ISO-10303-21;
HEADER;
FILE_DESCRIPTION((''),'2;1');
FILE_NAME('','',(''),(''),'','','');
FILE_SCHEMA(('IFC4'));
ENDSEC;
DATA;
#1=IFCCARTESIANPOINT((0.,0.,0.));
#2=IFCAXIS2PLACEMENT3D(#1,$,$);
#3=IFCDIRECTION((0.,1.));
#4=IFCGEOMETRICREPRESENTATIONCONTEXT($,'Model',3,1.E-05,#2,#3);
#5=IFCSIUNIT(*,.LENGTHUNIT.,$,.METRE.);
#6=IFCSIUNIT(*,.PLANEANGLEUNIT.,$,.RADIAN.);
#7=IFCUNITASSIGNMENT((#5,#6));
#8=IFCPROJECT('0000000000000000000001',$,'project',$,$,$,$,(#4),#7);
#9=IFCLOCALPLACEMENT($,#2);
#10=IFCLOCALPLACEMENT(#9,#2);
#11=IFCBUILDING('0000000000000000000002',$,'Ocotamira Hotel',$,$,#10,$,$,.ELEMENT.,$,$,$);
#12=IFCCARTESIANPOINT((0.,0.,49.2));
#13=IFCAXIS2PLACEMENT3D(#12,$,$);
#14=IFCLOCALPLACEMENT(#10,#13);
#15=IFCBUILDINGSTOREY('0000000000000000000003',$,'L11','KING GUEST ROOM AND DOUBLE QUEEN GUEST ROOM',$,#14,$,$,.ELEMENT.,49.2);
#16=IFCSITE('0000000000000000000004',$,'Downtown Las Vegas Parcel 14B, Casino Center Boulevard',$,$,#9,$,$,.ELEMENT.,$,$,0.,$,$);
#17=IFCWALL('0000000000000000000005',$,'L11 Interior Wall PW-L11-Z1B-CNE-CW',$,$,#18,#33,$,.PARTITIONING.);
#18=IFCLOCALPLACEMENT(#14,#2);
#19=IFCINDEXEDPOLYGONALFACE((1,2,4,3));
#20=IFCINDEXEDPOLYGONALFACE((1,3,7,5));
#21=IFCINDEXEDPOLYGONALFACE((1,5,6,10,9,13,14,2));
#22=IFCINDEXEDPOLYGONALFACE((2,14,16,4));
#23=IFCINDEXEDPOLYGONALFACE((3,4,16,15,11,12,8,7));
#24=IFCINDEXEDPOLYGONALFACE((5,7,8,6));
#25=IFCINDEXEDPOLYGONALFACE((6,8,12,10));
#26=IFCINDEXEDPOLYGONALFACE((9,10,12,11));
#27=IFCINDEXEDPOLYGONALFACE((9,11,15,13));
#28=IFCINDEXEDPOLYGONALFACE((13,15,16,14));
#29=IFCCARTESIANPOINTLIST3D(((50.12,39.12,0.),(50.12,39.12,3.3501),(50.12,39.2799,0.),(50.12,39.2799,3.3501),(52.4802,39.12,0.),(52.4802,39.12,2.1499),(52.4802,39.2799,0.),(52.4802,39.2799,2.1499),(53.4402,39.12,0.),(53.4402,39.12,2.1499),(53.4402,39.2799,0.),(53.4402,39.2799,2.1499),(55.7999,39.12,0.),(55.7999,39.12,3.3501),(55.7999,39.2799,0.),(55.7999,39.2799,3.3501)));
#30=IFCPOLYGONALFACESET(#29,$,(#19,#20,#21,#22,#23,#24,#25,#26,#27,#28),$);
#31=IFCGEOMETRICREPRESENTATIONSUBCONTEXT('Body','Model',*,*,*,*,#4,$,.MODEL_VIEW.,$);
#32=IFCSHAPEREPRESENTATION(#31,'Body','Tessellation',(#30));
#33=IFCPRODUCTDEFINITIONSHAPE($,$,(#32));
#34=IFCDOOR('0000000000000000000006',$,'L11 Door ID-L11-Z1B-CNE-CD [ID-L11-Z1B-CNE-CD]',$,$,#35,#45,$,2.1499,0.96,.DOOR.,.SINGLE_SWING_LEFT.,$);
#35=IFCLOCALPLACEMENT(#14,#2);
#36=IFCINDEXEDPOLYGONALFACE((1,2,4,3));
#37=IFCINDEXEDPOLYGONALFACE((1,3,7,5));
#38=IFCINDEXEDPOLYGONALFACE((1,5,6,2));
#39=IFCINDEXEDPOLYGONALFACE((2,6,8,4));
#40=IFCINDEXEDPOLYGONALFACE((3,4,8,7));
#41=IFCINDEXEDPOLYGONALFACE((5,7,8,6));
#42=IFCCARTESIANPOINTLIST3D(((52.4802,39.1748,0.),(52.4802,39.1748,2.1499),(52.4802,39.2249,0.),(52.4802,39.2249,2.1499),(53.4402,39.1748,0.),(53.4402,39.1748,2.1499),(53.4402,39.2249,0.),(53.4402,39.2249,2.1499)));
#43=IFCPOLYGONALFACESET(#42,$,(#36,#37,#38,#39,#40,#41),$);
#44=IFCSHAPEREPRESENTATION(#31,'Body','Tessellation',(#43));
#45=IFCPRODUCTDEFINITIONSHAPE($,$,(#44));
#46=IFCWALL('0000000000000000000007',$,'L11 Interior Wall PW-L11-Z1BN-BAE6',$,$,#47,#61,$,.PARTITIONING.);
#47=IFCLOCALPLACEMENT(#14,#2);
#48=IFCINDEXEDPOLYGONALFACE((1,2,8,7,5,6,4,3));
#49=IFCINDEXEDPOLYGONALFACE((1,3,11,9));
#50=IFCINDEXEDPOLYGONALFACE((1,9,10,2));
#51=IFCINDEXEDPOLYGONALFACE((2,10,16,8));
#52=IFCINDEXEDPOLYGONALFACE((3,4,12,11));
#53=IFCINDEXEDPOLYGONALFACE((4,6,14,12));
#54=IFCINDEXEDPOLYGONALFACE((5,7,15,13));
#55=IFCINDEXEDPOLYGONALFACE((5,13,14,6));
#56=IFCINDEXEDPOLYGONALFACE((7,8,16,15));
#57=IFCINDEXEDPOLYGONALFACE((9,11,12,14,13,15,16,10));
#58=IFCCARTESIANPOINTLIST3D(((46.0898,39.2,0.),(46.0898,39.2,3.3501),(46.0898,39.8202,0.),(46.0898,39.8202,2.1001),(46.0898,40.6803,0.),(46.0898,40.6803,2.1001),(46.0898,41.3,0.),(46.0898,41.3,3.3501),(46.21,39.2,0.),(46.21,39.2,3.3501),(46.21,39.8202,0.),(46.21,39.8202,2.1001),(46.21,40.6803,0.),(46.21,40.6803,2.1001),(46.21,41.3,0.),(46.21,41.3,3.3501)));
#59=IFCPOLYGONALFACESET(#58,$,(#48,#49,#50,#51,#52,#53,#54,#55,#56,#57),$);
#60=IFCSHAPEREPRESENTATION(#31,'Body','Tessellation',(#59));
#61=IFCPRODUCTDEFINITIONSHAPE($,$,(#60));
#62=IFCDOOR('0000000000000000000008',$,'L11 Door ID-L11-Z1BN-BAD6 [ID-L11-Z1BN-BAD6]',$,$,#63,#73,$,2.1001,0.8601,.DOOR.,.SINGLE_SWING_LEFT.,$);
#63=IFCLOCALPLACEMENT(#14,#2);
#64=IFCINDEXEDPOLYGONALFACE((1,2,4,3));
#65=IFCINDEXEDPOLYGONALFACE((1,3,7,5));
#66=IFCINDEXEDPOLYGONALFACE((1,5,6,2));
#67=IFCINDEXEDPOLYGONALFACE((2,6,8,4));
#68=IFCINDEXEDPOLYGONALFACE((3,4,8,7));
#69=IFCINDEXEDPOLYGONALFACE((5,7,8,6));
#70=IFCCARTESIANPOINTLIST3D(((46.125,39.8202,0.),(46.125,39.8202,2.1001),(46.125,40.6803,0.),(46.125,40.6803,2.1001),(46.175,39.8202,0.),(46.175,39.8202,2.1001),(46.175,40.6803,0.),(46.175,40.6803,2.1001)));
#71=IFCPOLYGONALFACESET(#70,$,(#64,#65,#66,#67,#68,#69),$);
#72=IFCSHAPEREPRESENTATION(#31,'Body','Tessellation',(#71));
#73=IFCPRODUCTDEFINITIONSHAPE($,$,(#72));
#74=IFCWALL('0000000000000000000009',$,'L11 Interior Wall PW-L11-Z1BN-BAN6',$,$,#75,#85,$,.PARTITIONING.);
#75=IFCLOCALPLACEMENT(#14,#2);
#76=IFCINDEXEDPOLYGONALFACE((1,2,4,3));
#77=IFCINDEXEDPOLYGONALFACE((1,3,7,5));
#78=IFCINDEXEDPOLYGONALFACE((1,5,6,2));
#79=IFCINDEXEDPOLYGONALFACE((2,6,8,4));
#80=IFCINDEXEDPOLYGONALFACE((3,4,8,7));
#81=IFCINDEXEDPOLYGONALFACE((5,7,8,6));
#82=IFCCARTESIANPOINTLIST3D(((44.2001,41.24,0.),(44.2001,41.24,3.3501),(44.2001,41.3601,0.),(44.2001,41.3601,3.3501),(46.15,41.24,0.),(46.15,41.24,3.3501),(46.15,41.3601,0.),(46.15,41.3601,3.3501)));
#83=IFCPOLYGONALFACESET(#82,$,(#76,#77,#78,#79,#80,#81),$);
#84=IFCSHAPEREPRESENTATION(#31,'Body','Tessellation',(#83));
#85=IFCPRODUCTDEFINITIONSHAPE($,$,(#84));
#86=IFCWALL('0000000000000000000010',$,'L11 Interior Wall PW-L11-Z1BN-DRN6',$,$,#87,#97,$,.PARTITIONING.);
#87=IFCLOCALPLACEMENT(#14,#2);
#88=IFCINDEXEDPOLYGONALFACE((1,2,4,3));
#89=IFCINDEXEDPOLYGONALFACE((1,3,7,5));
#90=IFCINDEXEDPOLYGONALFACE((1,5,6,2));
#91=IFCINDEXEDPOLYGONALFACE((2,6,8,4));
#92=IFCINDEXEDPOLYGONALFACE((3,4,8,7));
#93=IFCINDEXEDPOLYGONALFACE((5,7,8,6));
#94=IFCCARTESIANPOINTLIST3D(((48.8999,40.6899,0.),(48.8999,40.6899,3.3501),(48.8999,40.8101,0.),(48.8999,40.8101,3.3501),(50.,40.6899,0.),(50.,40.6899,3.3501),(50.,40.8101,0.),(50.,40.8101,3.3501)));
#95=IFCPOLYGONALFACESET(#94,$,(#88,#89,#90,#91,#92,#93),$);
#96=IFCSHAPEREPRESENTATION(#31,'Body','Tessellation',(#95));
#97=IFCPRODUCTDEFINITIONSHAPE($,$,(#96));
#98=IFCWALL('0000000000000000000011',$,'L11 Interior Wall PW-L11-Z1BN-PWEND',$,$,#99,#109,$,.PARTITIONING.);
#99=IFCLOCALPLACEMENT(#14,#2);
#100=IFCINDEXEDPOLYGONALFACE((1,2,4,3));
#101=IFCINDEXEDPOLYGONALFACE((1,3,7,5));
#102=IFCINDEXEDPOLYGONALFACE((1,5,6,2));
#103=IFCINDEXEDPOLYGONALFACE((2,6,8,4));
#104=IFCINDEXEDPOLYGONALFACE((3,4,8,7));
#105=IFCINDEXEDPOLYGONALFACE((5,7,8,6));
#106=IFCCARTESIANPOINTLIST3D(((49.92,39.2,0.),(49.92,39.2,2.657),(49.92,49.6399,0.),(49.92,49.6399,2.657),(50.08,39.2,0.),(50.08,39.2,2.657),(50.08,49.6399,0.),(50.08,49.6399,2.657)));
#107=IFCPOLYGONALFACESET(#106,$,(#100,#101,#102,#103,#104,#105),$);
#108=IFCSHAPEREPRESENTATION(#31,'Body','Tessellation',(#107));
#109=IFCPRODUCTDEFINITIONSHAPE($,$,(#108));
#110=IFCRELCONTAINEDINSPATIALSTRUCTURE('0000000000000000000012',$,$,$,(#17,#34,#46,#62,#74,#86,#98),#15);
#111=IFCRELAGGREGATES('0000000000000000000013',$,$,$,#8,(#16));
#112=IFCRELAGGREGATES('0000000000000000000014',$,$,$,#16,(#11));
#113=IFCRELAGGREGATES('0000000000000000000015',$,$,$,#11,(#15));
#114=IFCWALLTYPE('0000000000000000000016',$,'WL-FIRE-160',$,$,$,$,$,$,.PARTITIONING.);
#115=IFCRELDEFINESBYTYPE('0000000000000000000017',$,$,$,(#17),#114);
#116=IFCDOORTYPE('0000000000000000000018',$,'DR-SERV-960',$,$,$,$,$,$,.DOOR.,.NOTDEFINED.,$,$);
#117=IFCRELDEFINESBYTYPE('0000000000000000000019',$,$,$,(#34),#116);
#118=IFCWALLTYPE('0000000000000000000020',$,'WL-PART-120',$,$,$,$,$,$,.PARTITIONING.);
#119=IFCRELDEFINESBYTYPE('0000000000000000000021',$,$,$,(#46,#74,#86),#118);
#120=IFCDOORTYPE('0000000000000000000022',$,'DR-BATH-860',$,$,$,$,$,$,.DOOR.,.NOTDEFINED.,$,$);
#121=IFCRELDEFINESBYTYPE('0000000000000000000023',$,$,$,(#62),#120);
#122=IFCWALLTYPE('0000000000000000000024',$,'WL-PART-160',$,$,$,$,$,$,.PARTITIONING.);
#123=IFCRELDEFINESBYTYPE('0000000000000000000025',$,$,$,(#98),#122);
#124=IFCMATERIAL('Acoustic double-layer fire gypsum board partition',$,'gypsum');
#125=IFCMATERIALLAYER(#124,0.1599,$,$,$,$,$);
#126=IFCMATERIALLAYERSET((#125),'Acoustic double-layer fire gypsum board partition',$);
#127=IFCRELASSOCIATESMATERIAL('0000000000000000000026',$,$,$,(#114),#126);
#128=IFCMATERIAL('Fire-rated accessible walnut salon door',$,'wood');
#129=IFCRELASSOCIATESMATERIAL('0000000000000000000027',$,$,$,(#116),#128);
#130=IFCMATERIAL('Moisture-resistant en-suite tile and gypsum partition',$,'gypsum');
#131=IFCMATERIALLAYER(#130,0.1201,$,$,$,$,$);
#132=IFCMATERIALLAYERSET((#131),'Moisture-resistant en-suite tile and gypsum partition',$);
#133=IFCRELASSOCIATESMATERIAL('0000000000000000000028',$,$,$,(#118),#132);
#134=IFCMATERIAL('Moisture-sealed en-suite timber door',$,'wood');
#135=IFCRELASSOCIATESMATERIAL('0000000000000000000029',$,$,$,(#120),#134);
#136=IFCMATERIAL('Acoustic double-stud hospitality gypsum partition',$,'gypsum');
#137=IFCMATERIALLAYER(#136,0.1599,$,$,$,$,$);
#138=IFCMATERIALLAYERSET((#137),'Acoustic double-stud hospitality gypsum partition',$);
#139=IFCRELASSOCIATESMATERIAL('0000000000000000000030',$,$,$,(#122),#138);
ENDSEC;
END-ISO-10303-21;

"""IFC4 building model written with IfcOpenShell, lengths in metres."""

from ifc_helpers import new_model, si_unit, direction, frame, frame_2d, origin, place, context, subcontext, project, spatial, rectangle, extrude, source, transform, mapped, material, layer, layer_set, type_object, element, fill, save


model = new_model("IFC4")

# Units and contexts
model_context = context("Model", 3, precision=1e-05, world=origin(), true_north=direction((0.0, 1.0)))
body_context = subcontext(model_context, "Body", "Model", "MODEL_VIEW")
ifc_project = project(units=[si_unit("LENGTHUNIT", "METRE"), si_unit("PLANEANGLEUNIT", "RADIAN")], contexts=[model_context])

# Site, building, storey
site_placement = place(None, origin())
site = spatial("IfcSite", under=ifc_project, at=site_placement, Name="Downtown Las Vegas Parcel 14B, Casino Center Boulevard", CompositionType="ELEMENT", RefElevation=0.0)
building_placement = place(site_placement, origin())
building = spatial("IfcBuilding", under=site, at=building_placement, Name="Ocotamira Hotel", CompositionType="ELEMENT")
storey_placement = place(building_placement, frame((0.0, 0.0, 49.2)))
storey = spatial("IfcBuildingStorey", under=building, at=storey_placement, Name="L11", Description="KING GUEST ROOM AND DOUBLE QUEEN GUEST ROOM", CompositionType="ELEMENT", Elevation=49.2)

# Walls, openings, doors
ifc_material_1 = material(Name="Acoustic double-layer fire gypsum board partition", Category="gypsum")
ifc_layer_1 = layer(ifc_material_1, 0.1599)
ifc_layer_set_1 = layer_set([ifc_layer_1], Name="Acoustic double-layer fire gypsum board partition")
wall_type_1 = type_object("IfcWallType", Name="WL-FIRE-160", PredefinedType="PARTITIONING", material=ifc_layer_set_1)
wall_1_placement = place(storey_placement, frame((50.1201, 39.2, 0.0), z_axis=(0.0, 0.0, 1.0), x_axis=(1.0, 0.0, 0.0)))
wall_1 = element("IfcWall", 1, at=wall_1_placement, inside=storey, type_object=wall_type_1, Name="L11 Interior Wall PW-L11-Z1B-CNE-CW", PredefinedType="PARTITIONING", context=body_context, shape_type="SweptSolid", body=[
    extrude(rectangle(XDim=5.6799, YDim=0.1599, at=frame_2d((2.8398, 0.0))), origin(), (0.0, 0.0, 1.0), 3.3501),
])
opening_1_placement = place(wall_1_placement, frame((2.3601, 0.0, 0.0)))
opening_1 = element("IfcOpeningElement", 2, at=opening_1_placement, cuts=wall_1, PredefinedType="OPENING", context=body_context, shape_type="SweptSolid", body=[
    extrude(rectangle(XDim=0.96, YDim=2.1499, at=frame_2d((0.48, 1.075))), frame((0.0, 0.0898, 0.0), z_axis=(0.0, -1.0, 0.0), x_axis=(1.0, 0.0, 0.0)), (0.0, 0.0, 1.0), 0.1799),
])
ifc_material_2 = material(Name="Fire-rated accessible walnut salon door", Category="wood")
door_type_1 = type_object("IfcDoorType", Name="DR-SERV-960", OperationType="NOTDEFINED", PredefinedType="DOOR", material=ifc_material_2)
shared_shape_1 = source(origin(), body_context, "Body", "SweptSolid", [
    extrude(rectangle(XDim=0.96, YDim=2.1499, at=frame_2d((0.48, 1.075))), frame((0.0, 0.0249, 0.0), z_axis=(0.0, -1.0, 0.0), x_axis=(1.0, 0.0, 0.0)), (0.0, 0.0, 1.0), 0.05),
])
door_1_placement = place(opening_1_placement, origin())
door_1 = element("IfcDoor", 3, at=door_1_placement, inside=storey, type_object=door_type_1, Name="L11 Door ID-L11-Z1B-CNE-CD [ID-L11-Z1B-CNE-CD]", OperationType="SINGLE_SWING_LEFT", OverallHeight=2.1499, OverallWidth=0.96, PredefinedType="DOOR", context=body_context, shape_type="MappedRepresentation", body=[
    mapped(shared_shape_1, transform((0.0, 0.0, 0.0), scale=1.0)),
])
fill(opening_1, door_1)
ifc_material_3 = material(Name="Moisture-resistant en-suite tile and gypsum partition", Category="gypsum")
ifc_layer_2 = layer(ifc_material_3, 0.1201)
ifc_layer_set_2 = layer_set([ifc_layer_2], Name="Moisture-resistant en-suite tile and gypsum partition")
wall_type_2 = type_object("IfcWallType", Name="WL-PART-120", PredefinedType="PARTITIONING", material=ifc_layer_set_2)
wall_2_placement = place(storey_placement, frame((46.1499, 39.2, 0.0), z_axis=(0.0, 0.0, 1.0), x_axis=(0.0, 1.0, 0.0)))
wall_2 = element("IfcWall", 4, at=wall_2_placement, inside=storey, type_object=wall_type_2, Name="L11 Interior Wall PW-L11-Z1BN-BAE6", PredefinedType="PARTITIONING", context=body_context, shape_type="SweptSolid", body=[
    extrude(rectangle(XDim=2.1001, YDim=0.1201, at=frame_2d((1.05, 0.0))), origin(), (0.0, 0.0, 1.0), 3.3501),
])
opening_2_placement = place(wall_2_placement, frame((0.6201, 0.0, 0.0)))
opening_2 = element("IfcOpeningElement", 5, at=opening_2_placement, cuts=wall_2, PredefinedType="OPENING", context=body_context, shape_type="SweptSolid", body=[
    extrude(rectangle(XDim=0.8601, YDim=2.1001, at=frame_2d((0.4302, 1.05))), frame((0.0, 0.0701, 0.0), z_axis=(0.0, -1.0, 0.0), x_axis=(1.0, 0.0, 0.0)), (0.0, 0.0, 1.0), 0.1401),
])
ifc_material_4 = material(Name="Moisture-sealed en-suite timber door", Category="wood")
door_type_2 = type_object("IfcDoorType", Name="DR-BATH-860", OperationType="NOTDEFINED", PredefinedType="DOOR", material=ifc_material_4)
shared_shape_2 = source(origin(), body_context, "Body", "SweptSolid", [
    extrude(rectangle(XDim=0.8601, YDim=2.1001, at=frame_2d((0.4302, 1.05))), frame((0.0, 0.0249, 0.0), z_axis=(0.0, -1.0, 0.0), x_axis=(1.0, 0.0, 0.0)), (0.0, 0.0, 1.0), 0.05),
])
door_2_placement = place(opening_2_placement, origin())
door_2 = element("IfcDoor", 6, at=door_2_placement, inside=storey, type_object=door_type_2, Name="L11 Door ID-L11-Z1BN-BAD6 [ID-L11-Z1BN-BAD6]", OperationType="SINGLE_SWING_LEFT", OverallHeight=2.1001, OverallWidth=0.8601, PredefinedType="DOOR", context=body_context, shape_type="MappedRepresentation", body=[
    mapped(shared_shape_2, transform((0.0, 0.0, 0.0), scale=1.0)),
])
fill(opening_2, door_2)

# Walls
wall_3_placement = place(storey_placement, frame((44.2, 41.3, 0.0), z_axis=(0.0, 0.0, 1.0), x_axis=(1.0, 0.0, 0.0)))
element("IfcWall", 7, at=wall_3_placement, inside=storey, type_object=wall_type_2, Name="L11 Interior Wall PW-L11-Z1BN-BAN6", PredefinedType="PARTITIONING", context=body_context, shape_type="SweptSolid", body=[
    extrude(rectangle(XDim=1.95, YDim=0.1201, at=frame_2d((0.9751, 0.0))), origin(), (0.0, 0.0, 1.0), 3.3501),
])
wall_4_placement = place(storey_placement, frame((48.8999, 40.75, 0.0), z_axis=(0.0, 0.0, 1.0), x_axis=(1.0, 0.0, 0.0)))
element("IfcWall", 8, at=wall_4_placement, inside=storey, type_object=wall_type_2, Name="L11 Interior Wall PW-L11-Z1BN-DRN6", PredefinedType="PARTITIONING", context=body_context, shape_type="SweptSolid", body=[
    extrude(rectangle(XDim=1.1001, YDim=0.1201, at=frame_2d((0.55, 0.0))), origin(), (0.0, 0.0, 1.0), 3.3501),
])
ifc_material_5 = material(Name="Acoustic double-stud hospitality gypsum partition", Category="gypsum")
ifc_layer_3 = layer(ifc_material_5, 0.1599)
ifc_layer_set_3 = layer_set([ifc_layer_3], Name="Acoustic double-stud hospitality gypsum partition")
wall_type_3 = type_object("IfcWallType", Name="WL-PART-160", PredefinedType="PARTITIONING", material=ifc_layer_set_3)
wall_5_placement = place(storey_placement, frame((50.0, 39.2, 0.0), z_axis=(0.0, 0.0, 1.0), x_axis=(0.0, 1.0, 0.0)))
element("IfcWall", 9, at=wall_5_placement, inside=storey, type_object=wall_type_3, Name="L11 Interior Wall PW-L11-Z1BN-PWEND", PredefinedType="PARTITIONING", context=body_context, shape_type="SweptSolid", body=[
    extrude(rectangle(XDim=10.4399, YDim=0.1599, at=frame_2d((5.22, 0.0))), origin(), (0.0, 0.0, 1.0), 2.657),
])

save(model, "model.ifc")
